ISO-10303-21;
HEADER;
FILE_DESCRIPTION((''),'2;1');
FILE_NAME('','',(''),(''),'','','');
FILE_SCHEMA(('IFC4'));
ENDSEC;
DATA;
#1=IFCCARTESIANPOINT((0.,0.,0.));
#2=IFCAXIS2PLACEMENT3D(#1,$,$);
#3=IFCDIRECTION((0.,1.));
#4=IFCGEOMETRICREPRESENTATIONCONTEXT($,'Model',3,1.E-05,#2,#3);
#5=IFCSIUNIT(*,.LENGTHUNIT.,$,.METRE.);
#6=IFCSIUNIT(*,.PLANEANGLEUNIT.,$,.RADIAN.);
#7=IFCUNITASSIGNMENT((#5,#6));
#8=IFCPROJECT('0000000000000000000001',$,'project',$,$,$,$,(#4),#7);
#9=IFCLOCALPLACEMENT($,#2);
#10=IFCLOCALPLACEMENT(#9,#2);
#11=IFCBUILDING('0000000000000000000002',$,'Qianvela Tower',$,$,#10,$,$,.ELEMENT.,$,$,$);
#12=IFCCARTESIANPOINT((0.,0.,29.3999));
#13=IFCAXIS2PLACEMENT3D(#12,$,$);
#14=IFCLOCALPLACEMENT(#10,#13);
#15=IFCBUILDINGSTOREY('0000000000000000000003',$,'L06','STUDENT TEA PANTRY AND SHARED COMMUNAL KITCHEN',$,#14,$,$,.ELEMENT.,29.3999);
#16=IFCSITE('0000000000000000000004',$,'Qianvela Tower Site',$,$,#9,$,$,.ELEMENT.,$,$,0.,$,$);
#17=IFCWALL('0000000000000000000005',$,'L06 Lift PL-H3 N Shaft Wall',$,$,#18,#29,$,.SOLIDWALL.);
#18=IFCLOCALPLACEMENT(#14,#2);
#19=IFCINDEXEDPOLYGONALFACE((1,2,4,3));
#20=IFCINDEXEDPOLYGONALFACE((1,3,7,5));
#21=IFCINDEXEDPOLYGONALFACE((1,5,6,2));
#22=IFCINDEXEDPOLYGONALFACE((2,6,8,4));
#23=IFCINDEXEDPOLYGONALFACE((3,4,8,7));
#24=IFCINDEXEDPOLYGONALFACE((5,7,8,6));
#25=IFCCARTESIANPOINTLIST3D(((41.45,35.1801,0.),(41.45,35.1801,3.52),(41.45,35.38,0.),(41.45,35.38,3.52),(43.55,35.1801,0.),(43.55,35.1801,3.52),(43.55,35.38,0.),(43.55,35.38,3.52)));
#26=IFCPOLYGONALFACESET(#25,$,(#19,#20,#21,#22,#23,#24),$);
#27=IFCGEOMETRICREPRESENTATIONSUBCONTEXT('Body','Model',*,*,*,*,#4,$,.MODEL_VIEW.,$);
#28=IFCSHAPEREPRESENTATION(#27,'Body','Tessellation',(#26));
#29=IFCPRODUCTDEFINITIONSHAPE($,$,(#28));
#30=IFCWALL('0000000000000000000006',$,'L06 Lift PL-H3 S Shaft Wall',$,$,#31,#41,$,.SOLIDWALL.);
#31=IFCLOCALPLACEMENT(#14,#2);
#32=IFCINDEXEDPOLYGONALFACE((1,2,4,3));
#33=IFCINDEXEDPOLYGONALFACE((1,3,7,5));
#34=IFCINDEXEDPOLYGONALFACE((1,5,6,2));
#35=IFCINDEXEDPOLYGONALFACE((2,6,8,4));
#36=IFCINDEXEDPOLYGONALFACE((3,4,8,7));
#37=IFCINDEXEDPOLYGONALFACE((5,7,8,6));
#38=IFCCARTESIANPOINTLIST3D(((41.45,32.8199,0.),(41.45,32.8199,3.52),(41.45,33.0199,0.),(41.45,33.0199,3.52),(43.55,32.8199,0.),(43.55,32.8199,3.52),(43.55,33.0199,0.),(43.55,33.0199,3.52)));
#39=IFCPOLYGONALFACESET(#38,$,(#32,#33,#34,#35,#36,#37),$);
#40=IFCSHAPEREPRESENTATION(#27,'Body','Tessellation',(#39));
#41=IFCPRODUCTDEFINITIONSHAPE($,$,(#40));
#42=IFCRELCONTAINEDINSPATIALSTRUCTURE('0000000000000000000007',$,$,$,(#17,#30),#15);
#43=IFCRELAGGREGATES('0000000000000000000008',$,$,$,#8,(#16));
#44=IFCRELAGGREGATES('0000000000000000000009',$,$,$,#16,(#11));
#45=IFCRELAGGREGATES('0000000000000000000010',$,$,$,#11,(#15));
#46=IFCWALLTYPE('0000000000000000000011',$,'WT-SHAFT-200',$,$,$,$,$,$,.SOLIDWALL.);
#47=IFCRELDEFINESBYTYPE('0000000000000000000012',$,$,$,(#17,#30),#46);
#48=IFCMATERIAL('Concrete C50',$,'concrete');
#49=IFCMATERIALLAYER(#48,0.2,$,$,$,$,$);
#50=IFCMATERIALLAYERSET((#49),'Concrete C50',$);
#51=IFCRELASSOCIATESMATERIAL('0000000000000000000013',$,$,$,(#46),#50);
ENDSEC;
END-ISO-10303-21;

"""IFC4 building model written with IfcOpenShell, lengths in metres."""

from ifc_helpers import new_model, si_unit, direction, frame, frame_2d, origin, place, context, subcontext, project, spatial, rectangle, extrude, material, layer, layer_set, type_object, element, save


model = new_model("IFC4")

# Units and contexts
model_context = context("Model", 3, precision=1e-05, world=origin(), true_north=direction((0.0, 1.0)))
body_context = subcontext(model_context, "Body", "Model", "MODEL_VIEW")
ifc_project = project(units=[si_unit("LENGTHUNIT", "METRE"), si_unit("PLANEANGLEUNIT", "RADIAN")], contexts=[model_context])

# Site, building, storey
site_placement = place(None, origin())
site = spatial("IfcSite", under=ifc_project, at=site_placement, Name="Qianvela Tower Site", CompositionType="ELEMENT", RefElevation=0.0)
building_placement = place(site_placement, origin())
building = spatial("IfcBuilding", under=site, at=building_placement, Name="Qianvela Tower", CompositionType="ELEMENT")
storey_placement = place(building_placement, frame((0.0, 0.0, 29.3999)))
storey = spatial("IfcBuildingStorey", under=building, at=storey_placement, Name="L06", Description="STUDENT TEA PANTRY AND SHARED COMMUNAL KITCHEN", CompositionType="ELEMENT", Elevation=29.3999)

# Walls
ifc_material_1 = material(Name="Concrete C50", Category="concrete")
ifc_layer_1 = layer(ifc_material_1, 0.2)
ifc_layer_set_1 = layer_set([ifc_layer_1], Name="Concrete C50")
wall_type_1 = type_object("IfcWallType", Name="WT-SHAFT-200", PredefinedType="SOLIDWALL", material=ifc_layer_set_1)
for number, where, z_axis, x_axis, name in (
    (1, (41.45, 35.28, 0.0), (0.0, 0.0, 1.0), (1.0, 0.0, 0.0), "L06 Lift PL-H3 N Shaft Wall"),
    (2, (41.45, 32.9199, 0.0), (0.0, 0.0, 1.0), (1.0, 0.0, 0.0), "L06 Lift PL-H3 S Shaft Wall"),
):
    element("IfcWall", number, at=place(storey_placement, frame(where, z_axis=z_axis, x_axis=x_axis)), inside=storey, type_object=wall_type_1, Name=name, PredefinedType="SOLIDWALL", context=body_context, shape_type="SweptSolid", body=[
        extrude(rectangle(XDim=2.1001, YDim=0.2, at=frame_2d((1.05, 0.0))), origin(), (0.0, 0.0, 1.0), 3.52),
    ])

save(model, "model.ifc")
